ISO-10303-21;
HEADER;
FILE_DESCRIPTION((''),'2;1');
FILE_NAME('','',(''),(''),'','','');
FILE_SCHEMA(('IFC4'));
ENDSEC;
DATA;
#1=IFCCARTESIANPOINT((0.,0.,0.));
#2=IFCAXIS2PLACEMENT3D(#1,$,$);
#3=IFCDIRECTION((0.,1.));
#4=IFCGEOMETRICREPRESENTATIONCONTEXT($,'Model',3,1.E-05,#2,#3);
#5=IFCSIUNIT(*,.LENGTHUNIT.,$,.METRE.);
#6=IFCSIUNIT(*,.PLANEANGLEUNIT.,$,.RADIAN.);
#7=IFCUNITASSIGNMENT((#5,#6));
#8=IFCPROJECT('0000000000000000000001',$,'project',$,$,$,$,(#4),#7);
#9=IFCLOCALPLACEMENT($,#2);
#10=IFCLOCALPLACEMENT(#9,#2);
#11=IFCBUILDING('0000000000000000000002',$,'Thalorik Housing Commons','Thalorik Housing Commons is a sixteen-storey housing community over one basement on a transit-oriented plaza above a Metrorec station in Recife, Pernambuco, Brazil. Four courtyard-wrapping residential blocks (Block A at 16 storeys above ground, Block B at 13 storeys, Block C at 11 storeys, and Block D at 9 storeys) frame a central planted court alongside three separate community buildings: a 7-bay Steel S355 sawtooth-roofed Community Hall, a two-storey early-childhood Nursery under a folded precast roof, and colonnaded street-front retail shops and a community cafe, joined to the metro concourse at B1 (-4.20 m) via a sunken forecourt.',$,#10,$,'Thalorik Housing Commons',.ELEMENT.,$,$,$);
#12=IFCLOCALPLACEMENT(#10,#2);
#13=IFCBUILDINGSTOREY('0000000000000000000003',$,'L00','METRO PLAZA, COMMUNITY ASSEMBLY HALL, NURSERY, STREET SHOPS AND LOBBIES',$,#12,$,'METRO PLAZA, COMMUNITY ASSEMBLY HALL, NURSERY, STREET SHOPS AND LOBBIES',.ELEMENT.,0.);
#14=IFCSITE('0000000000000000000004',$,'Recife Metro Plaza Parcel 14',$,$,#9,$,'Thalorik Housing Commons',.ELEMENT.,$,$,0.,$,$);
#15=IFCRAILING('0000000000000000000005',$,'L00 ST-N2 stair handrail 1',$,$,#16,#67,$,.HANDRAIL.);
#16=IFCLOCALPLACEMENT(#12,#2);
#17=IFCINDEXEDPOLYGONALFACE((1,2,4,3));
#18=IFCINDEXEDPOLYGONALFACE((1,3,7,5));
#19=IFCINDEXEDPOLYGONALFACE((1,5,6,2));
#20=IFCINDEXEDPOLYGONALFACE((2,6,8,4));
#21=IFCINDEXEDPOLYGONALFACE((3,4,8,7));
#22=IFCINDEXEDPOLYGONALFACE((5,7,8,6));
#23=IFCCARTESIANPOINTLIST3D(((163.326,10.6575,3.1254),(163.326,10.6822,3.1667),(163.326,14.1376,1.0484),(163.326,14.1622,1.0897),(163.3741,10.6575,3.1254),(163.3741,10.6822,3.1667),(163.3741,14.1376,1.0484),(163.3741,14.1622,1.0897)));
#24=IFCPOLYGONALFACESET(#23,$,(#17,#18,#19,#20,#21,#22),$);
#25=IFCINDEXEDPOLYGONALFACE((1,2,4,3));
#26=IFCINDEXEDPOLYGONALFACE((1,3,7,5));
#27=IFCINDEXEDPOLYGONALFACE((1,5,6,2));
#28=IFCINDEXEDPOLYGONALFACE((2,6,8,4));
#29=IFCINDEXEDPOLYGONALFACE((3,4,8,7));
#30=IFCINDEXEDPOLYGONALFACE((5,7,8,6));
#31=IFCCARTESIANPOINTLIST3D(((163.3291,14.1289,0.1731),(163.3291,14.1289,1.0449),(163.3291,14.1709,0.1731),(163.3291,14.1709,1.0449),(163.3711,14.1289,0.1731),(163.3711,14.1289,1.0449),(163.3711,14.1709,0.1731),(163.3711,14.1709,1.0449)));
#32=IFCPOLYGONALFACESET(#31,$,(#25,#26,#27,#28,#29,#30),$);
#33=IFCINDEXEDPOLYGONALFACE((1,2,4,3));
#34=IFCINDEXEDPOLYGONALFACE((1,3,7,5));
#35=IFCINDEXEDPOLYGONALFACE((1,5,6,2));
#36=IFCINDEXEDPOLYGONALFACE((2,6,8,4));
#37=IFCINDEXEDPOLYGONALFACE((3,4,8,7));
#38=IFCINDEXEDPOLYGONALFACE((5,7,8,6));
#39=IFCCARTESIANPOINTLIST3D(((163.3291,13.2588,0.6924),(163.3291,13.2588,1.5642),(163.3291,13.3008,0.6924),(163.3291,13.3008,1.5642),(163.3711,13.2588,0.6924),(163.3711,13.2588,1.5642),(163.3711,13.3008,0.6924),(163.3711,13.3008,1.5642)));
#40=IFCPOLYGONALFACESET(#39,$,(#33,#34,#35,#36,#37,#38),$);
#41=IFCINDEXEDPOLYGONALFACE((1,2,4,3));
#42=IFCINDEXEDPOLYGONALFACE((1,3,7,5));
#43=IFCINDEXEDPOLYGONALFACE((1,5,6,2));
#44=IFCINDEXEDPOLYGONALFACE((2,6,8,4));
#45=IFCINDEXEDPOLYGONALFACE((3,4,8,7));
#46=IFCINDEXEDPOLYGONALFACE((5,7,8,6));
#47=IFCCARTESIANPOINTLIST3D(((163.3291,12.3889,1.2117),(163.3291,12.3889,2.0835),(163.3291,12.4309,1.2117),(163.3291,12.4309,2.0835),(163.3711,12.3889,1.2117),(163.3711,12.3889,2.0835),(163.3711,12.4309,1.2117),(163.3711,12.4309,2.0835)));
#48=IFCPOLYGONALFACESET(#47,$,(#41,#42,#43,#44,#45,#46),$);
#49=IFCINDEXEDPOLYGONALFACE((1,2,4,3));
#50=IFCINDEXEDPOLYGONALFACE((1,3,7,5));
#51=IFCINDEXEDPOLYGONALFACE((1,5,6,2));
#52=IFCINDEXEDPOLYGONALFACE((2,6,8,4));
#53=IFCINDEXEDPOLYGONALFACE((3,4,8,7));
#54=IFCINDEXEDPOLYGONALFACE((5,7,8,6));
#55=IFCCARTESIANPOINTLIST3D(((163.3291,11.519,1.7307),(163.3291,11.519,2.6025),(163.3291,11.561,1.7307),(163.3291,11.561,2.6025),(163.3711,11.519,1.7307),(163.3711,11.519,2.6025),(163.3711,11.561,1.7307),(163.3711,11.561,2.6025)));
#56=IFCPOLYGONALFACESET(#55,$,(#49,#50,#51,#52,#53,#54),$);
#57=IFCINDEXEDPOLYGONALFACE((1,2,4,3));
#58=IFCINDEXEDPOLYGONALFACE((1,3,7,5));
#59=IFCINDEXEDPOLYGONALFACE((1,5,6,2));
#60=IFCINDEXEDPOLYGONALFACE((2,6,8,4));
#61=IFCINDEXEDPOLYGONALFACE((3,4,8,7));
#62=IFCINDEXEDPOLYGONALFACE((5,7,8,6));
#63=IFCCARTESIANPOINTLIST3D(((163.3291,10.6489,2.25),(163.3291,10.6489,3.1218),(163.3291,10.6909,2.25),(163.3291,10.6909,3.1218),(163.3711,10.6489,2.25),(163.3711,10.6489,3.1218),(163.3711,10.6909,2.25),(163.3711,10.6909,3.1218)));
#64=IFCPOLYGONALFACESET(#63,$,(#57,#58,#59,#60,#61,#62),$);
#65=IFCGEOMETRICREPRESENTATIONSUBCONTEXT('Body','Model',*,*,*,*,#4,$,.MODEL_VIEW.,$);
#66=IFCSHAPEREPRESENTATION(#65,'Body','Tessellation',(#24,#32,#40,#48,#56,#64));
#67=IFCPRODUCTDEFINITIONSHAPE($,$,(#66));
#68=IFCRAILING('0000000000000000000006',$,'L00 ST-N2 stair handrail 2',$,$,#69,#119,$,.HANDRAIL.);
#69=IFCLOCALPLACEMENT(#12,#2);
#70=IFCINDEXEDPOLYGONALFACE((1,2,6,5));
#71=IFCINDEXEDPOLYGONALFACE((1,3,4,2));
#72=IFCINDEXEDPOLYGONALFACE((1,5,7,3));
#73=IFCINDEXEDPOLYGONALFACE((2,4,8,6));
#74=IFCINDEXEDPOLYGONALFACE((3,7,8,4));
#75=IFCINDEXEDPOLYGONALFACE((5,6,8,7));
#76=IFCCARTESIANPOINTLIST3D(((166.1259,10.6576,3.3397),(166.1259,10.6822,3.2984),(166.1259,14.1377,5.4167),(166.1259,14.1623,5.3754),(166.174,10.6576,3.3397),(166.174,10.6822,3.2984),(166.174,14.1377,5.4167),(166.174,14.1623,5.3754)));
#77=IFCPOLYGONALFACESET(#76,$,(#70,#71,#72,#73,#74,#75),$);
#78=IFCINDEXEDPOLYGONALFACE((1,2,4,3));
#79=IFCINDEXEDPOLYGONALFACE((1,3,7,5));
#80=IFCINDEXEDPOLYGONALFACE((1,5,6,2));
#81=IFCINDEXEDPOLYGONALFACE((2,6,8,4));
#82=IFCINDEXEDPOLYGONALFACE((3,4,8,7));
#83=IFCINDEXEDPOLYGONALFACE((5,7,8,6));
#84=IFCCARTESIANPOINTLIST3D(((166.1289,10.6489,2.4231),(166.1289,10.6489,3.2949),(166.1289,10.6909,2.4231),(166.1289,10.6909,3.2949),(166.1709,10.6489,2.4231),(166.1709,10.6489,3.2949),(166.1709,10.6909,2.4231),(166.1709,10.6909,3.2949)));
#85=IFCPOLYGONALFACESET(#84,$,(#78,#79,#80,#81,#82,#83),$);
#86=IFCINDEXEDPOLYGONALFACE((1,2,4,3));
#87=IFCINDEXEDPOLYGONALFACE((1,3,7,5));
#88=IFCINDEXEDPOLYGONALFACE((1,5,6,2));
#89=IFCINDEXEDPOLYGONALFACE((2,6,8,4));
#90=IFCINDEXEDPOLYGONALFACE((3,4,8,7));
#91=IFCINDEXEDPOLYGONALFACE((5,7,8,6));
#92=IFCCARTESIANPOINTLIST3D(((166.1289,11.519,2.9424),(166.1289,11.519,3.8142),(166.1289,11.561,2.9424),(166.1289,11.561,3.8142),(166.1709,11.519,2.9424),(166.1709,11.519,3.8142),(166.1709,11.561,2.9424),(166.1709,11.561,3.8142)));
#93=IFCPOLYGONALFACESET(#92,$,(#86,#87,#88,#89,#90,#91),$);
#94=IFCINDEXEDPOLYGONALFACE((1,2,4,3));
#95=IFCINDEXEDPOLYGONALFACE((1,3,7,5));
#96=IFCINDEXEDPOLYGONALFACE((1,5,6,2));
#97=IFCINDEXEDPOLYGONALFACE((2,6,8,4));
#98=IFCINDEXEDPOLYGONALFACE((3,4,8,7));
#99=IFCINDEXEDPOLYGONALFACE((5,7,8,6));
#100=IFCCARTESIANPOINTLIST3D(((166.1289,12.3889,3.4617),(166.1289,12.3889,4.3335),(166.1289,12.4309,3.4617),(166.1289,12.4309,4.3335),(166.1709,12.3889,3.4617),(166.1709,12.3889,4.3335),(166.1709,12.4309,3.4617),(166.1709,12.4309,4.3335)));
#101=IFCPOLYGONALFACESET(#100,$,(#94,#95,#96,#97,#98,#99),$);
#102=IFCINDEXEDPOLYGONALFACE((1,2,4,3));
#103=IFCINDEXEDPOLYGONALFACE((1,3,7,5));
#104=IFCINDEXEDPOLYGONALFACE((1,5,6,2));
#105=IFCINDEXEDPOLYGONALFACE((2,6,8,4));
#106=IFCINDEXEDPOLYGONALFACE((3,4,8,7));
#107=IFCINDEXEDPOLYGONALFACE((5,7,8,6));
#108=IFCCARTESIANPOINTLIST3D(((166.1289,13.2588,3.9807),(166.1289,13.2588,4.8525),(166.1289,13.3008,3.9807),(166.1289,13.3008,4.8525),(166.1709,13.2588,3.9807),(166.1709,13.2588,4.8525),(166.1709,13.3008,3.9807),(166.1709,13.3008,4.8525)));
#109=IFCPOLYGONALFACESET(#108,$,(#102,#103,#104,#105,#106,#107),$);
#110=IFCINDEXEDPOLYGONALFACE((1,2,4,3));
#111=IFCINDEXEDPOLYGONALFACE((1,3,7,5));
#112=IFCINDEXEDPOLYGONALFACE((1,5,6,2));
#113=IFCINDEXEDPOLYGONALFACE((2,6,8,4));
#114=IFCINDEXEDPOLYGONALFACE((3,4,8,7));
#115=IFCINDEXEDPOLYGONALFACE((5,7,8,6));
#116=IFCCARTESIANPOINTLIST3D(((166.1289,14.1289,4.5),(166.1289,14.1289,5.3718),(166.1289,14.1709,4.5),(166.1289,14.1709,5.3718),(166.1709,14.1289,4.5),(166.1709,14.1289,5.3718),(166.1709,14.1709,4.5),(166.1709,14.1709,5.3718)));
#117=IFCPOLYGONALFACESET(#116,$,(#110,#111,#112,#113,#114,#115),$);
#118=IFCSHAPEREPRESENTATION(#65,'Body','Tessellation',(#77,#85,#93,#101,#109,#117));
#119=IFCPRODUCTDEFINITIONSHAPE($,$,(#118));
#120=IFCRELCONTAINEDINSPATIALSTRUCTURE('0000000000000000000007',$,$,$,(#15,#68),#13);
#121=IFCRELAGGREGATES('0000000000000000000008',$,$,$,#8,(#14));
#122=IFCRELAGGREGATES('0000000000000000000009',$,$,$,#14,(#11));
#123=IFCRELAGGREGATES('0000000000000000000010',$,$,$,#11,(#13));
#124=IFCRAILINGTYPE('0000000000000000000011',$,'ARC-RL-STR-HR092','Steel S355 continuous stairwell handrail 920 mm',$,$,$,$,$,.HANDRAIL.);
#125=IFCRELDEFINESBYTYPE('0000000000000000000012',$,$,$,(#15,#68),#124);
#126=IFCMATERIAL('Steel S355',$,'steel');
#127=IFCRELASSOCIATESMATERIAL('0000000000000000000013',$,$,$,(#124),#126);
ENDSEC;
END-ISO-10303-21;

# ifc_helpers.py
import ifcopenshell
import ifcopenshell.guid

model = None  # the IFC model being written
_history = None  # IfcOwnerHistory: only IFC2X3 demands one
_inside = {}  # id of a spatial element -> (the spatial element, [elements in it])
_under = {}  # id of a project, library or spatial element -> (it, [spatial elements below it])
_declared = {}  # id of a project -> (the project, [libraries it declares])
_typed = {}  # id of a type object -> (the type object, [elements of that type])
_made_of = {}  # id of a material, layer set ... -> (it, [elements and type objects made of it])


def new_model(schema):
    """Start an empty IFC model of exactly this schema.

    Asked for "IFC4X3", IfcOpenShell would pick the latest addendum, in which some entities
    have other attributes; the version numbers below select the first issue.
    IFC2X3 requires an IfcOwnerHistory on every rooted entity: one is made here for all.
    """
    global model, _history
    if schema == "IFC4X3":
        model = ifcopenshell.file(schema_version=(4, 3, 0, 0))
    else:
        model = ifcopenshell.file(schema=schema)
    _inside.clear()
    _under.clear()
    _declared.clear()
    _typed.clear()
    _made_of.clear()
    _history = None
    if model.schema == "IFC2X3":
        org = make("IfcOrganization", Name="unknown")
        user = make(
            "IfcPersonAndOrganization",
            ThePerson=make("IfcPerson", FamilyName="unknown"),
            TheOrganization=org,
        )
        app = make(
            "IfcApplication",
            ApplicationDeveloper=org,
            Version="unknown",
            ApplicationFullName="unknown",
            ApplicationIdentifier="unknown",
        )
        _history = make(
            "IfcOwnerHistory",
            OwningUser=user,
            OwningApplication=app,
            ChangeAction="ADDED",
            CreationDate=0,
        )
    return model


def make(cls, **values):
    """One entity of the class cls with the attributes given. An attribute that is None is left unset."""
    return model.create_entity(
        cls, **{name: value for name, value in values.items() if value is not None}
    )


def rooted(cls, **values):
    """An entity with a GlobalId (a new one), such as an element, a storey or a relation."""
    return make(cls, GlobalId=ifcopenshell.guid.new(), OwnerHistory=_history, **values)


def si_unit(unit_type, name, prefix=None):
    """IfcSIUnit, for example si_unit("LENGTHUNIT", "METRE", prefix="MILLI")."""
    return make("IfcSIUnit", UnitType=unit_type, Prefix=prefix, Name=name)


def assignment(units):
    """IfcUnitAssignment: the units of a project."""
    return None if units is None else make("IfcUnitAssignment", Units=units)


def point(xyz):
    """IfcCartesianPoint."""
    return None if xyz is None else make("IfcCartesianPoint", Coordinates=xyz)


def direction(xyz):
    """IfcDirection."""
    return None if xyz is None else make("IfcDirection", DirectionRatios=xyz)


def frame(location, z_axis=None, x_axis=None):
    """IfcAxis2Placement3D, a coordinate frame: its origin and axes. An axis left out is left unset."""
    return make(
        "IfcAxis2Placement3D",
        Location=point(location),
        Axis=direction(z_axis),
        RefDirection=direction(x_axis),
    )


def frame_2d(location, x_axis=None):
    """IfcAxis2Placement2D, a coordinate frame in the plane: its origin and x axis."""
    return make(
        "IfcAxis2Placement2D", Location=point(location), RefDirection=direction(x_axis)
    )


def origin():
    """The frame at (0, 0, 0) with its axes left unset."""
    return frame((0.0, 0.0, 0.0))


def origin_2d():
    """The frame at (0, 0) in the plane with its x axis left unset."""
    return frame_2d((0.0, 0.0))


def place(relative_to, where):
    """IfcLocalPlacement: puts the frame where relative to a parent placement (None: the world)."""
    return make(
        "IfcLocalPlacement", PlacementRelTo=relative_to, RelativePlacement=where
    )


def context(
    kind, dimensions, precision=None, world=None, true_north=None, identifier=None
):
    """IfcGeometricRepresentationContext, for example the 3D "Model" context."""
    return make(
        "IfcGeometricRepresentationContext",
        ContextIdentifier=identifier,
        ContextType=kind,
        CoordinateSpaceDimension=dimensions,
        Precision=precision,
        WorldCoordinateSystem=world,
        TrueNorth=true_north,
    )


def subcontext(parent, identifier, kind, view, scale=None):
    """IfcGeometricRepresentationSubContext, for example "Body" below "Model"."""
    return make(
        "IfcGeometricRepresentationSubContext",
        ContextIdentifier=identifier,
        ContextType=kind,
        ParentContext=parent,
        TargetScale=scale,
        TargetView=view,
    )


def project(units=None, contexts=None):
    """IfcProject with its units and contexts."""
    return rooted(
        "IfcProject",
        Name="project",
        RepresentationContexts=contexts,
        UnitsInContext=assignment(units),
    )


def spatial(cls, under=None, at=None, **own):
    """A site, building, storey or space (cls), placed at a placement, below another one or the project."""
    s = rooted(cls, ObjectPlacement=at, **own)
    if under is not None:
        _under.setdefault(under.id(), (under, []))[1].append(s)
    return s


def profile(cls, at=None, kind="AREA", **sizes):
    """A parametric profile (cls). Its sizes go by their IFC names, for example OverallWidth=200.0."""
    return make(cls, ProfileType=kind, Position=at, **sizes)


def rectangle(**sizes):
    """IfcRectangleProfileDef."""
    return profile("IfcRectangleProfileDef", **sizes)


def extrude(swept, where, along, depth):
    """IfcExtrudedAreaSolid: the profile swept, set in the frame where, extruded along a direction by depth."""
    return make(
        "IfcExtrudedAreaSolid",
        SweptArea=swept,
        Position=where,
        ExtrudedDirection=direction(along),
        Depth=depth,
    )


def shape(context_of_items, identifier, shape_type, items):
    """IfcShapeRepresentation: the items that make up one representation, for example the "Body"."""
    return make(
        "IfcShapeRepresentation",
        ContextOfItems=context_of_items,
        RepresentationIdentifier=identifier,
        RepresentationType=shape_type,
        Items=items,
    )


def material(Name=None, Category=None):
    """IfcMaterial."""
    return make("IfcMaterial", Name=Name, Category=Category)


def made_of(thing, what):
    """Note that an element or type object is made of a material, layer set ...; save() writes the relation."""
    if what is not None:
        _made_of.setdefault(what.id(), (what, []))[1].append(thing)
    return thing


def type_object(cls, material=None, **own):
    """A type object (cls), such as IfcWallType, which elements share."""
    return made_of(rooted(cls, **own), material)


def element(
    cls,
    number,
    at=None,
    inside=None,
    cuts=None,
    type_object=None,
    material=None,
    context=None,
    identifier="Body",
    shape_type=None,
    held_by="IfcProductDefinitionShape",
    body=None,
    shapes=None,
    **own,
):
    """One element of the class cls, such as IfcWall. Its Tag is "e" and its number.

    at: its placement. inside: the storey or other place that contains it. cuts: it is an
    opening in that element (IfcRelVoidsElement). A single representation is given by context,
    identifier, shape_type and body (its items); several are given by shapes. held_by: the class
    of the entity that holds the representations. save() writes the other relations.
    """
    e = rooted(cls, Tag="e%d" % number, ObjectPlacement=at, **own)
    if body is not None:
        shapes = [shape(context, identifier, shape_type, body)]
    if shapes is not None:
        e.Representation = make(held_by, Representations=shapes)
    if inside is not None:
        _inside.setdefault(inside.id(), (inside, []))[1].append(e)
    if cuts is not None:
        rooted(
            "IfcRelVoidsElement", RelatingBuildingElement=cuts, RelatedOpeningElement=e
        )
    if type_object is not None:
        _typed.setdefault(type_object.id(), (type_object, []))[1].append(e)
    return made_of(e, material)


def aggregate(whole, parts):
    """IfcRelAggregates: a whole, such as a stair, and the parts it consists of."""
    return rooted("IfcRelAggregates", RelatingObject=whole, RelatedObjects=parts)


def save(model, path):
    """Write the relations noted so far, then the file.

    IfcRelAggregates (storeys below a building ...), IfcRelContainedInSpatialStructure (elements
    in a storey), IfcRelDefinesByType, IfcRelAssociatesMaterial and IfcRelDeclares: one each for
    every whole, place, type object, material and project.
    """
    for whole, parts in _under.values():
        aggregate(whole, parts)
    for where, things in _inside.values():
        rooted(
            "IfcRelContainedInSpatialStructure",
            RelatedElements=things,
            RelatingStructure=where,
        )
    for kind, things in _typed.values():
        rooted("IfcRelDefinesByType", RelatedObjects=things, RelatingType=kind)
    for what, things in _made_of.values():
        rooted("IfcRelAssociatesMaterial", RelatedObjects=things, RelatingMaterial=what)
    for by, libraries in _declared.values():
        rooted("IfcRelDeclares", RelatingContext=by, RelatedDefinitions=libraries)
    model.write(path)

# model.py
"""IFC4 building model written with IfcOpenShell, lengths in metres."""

from ifc_helpers import new_model, si_unit, direction, frame, origin, origin_2d, place, context, subcontext, project, spatial, rectangle, extrude, material, type_object, element, save


model = new_model("IFC4")

# Units and contexts
model_context = context("Model", 3, precision=1e-05, world=origin(), true_north=direction((0.0, 1.0)))
body_context = subcontext(model_context, "Body", "Model", "MODEL_VIEW")
ifc_project = project(units=[si_unit("LENGTHUNIT", "METRE"), si_unit("PLANEANGLEUNIT", "RADIAN")], contexts=[model_context])

# Site, building, storey
site_placement = place(None, origin())
site = spatial("IfcSite", under=ifc_project, at=site_placement, Name="Recife Metro Plaza Parcel 14", LongName="Thalorik Housing Commons", CompositionType="ELEMENT", RefElevation=0.0)
building_placement = place(site_placement, origin())
building = spatial("IfcBuilding", under=site, at=building_placement, Name="Thalorik Housing Commons", Description="Thalorik Housing Commons is a sixteen-storey housing community over one basement on a transit-oriented plaza above a Metrorec station in Recife, Pernambuco, Brazil. Four courtyard-wrapping residential blocks (Block A at 16 storeys above ground, Block B at 13 storeys, Block C at 11 storeys, and Block D at 9 storeys) frame a central planted court alongside three separate community buildings: a 7-bay Steel S355 sawtooth-roofed Community Hall, a two-storey early-childhood Nursery under a folded precast roof, and colonnaded street-front retail shops and a community cafe, joined to the metro concourse at B1 (-4.20 m) via a sunken forecourt.", LongName="Thalorik Housing Commons", CompositionType="ELEMENT")
storey_placement = place(building_placement, origin())
storey = spatial("IfcBuildingStorey", under=building, at=storey_placement, Name="L00", Description="METRO PLAZA, COMMUNITY ASSEMBLY HALL, NURSERY, STREET SHOPS AND LOBBIES", LongName="METRO PLAZA, COMMUNITY ASSEMBLY HALL, NURSERY, STREET SHOPS AND LOBBIES", CompositionType="ELEMENT", Elevation=0.0)

# Railings
ifc_material_1 = material(Name="Steel S355", Category="steel")
railing_type_1 = type_object("IfcRailingType", Name="ARC-RL-STR-HR092", Description="Steel S355 continuous stairwell handrail 920 mm", PredefinedType="HANDRAIL", material=ifc_material_1)
railing_1_placement = place(storey_placement, frame((163.3501, 14.1499, 0.1731)))
element("IfcRailing", 1, at=railing_1_placement, inside=storey, type_object=railing_type_1, Name="L00 ST-N2 stair handrail 1", PredefinedType="HANDRAIL", context=body_context, shape_type="SweptSolid", body=[
    extrude(rectangle(XDim=0.0481, YDim=0.0481, at=origin_2d()), frame((0.0, 0.0, 0.896), z_axis=(0.0, -0.858697, 0.512483), x_axis=(1.0, 0.0, 0.0)), (0.0, 0.0, 1.0), 4.0527),
    extrude(rectangle(XDim=0.042, YDim=0.042, at=origin_2d()), origin(), (0.0, 0.0, 1.0), 0.8718),
    extrude(rectangle(XDim=0.042, YDim=0.042, at=origin_2d()), frame((0.0, -0.8701, 0.5193)), (0.0, 0.0, 1.0), 0.8718),
    extrude(rectangle(XDim=0.042, YDim=0.042, at=origin_2d()), frame((0.0, -1.74, 1.0386)), (0.0, 0.0, 1.0), 0.8718),
    extrude(rectangle(XDim=0.042, YDim=0.042, at=origin_2d()), frame((0.0, -2.6099, 1.5576)), (0.0, 0.0, 1.0), 0.8718),
    extrude(rectangle(XDim=0.042, YDim=0.042, at=origin_2d()), frame((0.0, -3.48, 2.0769)), (0.0, 0.0, 1.0), 0.8718),
])
railing_2_placement = place(storey_placement, frame((166.1499, 10.6699, 2.4231)))
element("IfcRailing", 2, at=railing_2_placement, inside=storey, type_object=railing_type_1, Name="L00 ST-N2 stair handrail 2", PredefinedType="HANDRAIL", context=body_context, shape_type="SweptSolid", body=[
    extrude(rectangle(XDim=0.0481, YDim=0.0481, at=origin_2d()), frame((0.0, 0.0, 0.896), z_axis=(0.0, 0.858697, 0.512483), x_axis=(-1.0, 0.0, 0.0)), (0.0, 0.0, 1.0), 4.0527),
    extrude(rectangle(XDim=0.042, YDim=0.042, at=origin_2d()), origin(), (0.0, 0.0, 1.0), 0.8718),
    extrude(rectangle(XDim=0.042, YDim=0.042, at=origin_2d()), frame((0.0, 0.8701, 0.5193)), (0.0, 0.0, 1.0), 0.8718),
    extrude(rectangle(XDim=0.042, YDim=0.042, at=origin_2d()), frame((0.0, 1.74, 1.0386)), (0.0, 0.0, 1.0), 0.8718),
    extrude(rectangle(XDim=0.042, YDim=0.042, at=origin_2d()), frame((0.0, 2.6099, 1.5576)), (0.0, 0.0, 1.0), 0.8718),
    extrude(rectangle(XDim=0.042, YDim=0.042, at=origin_2d()), frame((0.0, 3.48, 2.0769)), (0.0, 0.0, 1.0), 0.8718),
])

save(model, "model.ifc")
